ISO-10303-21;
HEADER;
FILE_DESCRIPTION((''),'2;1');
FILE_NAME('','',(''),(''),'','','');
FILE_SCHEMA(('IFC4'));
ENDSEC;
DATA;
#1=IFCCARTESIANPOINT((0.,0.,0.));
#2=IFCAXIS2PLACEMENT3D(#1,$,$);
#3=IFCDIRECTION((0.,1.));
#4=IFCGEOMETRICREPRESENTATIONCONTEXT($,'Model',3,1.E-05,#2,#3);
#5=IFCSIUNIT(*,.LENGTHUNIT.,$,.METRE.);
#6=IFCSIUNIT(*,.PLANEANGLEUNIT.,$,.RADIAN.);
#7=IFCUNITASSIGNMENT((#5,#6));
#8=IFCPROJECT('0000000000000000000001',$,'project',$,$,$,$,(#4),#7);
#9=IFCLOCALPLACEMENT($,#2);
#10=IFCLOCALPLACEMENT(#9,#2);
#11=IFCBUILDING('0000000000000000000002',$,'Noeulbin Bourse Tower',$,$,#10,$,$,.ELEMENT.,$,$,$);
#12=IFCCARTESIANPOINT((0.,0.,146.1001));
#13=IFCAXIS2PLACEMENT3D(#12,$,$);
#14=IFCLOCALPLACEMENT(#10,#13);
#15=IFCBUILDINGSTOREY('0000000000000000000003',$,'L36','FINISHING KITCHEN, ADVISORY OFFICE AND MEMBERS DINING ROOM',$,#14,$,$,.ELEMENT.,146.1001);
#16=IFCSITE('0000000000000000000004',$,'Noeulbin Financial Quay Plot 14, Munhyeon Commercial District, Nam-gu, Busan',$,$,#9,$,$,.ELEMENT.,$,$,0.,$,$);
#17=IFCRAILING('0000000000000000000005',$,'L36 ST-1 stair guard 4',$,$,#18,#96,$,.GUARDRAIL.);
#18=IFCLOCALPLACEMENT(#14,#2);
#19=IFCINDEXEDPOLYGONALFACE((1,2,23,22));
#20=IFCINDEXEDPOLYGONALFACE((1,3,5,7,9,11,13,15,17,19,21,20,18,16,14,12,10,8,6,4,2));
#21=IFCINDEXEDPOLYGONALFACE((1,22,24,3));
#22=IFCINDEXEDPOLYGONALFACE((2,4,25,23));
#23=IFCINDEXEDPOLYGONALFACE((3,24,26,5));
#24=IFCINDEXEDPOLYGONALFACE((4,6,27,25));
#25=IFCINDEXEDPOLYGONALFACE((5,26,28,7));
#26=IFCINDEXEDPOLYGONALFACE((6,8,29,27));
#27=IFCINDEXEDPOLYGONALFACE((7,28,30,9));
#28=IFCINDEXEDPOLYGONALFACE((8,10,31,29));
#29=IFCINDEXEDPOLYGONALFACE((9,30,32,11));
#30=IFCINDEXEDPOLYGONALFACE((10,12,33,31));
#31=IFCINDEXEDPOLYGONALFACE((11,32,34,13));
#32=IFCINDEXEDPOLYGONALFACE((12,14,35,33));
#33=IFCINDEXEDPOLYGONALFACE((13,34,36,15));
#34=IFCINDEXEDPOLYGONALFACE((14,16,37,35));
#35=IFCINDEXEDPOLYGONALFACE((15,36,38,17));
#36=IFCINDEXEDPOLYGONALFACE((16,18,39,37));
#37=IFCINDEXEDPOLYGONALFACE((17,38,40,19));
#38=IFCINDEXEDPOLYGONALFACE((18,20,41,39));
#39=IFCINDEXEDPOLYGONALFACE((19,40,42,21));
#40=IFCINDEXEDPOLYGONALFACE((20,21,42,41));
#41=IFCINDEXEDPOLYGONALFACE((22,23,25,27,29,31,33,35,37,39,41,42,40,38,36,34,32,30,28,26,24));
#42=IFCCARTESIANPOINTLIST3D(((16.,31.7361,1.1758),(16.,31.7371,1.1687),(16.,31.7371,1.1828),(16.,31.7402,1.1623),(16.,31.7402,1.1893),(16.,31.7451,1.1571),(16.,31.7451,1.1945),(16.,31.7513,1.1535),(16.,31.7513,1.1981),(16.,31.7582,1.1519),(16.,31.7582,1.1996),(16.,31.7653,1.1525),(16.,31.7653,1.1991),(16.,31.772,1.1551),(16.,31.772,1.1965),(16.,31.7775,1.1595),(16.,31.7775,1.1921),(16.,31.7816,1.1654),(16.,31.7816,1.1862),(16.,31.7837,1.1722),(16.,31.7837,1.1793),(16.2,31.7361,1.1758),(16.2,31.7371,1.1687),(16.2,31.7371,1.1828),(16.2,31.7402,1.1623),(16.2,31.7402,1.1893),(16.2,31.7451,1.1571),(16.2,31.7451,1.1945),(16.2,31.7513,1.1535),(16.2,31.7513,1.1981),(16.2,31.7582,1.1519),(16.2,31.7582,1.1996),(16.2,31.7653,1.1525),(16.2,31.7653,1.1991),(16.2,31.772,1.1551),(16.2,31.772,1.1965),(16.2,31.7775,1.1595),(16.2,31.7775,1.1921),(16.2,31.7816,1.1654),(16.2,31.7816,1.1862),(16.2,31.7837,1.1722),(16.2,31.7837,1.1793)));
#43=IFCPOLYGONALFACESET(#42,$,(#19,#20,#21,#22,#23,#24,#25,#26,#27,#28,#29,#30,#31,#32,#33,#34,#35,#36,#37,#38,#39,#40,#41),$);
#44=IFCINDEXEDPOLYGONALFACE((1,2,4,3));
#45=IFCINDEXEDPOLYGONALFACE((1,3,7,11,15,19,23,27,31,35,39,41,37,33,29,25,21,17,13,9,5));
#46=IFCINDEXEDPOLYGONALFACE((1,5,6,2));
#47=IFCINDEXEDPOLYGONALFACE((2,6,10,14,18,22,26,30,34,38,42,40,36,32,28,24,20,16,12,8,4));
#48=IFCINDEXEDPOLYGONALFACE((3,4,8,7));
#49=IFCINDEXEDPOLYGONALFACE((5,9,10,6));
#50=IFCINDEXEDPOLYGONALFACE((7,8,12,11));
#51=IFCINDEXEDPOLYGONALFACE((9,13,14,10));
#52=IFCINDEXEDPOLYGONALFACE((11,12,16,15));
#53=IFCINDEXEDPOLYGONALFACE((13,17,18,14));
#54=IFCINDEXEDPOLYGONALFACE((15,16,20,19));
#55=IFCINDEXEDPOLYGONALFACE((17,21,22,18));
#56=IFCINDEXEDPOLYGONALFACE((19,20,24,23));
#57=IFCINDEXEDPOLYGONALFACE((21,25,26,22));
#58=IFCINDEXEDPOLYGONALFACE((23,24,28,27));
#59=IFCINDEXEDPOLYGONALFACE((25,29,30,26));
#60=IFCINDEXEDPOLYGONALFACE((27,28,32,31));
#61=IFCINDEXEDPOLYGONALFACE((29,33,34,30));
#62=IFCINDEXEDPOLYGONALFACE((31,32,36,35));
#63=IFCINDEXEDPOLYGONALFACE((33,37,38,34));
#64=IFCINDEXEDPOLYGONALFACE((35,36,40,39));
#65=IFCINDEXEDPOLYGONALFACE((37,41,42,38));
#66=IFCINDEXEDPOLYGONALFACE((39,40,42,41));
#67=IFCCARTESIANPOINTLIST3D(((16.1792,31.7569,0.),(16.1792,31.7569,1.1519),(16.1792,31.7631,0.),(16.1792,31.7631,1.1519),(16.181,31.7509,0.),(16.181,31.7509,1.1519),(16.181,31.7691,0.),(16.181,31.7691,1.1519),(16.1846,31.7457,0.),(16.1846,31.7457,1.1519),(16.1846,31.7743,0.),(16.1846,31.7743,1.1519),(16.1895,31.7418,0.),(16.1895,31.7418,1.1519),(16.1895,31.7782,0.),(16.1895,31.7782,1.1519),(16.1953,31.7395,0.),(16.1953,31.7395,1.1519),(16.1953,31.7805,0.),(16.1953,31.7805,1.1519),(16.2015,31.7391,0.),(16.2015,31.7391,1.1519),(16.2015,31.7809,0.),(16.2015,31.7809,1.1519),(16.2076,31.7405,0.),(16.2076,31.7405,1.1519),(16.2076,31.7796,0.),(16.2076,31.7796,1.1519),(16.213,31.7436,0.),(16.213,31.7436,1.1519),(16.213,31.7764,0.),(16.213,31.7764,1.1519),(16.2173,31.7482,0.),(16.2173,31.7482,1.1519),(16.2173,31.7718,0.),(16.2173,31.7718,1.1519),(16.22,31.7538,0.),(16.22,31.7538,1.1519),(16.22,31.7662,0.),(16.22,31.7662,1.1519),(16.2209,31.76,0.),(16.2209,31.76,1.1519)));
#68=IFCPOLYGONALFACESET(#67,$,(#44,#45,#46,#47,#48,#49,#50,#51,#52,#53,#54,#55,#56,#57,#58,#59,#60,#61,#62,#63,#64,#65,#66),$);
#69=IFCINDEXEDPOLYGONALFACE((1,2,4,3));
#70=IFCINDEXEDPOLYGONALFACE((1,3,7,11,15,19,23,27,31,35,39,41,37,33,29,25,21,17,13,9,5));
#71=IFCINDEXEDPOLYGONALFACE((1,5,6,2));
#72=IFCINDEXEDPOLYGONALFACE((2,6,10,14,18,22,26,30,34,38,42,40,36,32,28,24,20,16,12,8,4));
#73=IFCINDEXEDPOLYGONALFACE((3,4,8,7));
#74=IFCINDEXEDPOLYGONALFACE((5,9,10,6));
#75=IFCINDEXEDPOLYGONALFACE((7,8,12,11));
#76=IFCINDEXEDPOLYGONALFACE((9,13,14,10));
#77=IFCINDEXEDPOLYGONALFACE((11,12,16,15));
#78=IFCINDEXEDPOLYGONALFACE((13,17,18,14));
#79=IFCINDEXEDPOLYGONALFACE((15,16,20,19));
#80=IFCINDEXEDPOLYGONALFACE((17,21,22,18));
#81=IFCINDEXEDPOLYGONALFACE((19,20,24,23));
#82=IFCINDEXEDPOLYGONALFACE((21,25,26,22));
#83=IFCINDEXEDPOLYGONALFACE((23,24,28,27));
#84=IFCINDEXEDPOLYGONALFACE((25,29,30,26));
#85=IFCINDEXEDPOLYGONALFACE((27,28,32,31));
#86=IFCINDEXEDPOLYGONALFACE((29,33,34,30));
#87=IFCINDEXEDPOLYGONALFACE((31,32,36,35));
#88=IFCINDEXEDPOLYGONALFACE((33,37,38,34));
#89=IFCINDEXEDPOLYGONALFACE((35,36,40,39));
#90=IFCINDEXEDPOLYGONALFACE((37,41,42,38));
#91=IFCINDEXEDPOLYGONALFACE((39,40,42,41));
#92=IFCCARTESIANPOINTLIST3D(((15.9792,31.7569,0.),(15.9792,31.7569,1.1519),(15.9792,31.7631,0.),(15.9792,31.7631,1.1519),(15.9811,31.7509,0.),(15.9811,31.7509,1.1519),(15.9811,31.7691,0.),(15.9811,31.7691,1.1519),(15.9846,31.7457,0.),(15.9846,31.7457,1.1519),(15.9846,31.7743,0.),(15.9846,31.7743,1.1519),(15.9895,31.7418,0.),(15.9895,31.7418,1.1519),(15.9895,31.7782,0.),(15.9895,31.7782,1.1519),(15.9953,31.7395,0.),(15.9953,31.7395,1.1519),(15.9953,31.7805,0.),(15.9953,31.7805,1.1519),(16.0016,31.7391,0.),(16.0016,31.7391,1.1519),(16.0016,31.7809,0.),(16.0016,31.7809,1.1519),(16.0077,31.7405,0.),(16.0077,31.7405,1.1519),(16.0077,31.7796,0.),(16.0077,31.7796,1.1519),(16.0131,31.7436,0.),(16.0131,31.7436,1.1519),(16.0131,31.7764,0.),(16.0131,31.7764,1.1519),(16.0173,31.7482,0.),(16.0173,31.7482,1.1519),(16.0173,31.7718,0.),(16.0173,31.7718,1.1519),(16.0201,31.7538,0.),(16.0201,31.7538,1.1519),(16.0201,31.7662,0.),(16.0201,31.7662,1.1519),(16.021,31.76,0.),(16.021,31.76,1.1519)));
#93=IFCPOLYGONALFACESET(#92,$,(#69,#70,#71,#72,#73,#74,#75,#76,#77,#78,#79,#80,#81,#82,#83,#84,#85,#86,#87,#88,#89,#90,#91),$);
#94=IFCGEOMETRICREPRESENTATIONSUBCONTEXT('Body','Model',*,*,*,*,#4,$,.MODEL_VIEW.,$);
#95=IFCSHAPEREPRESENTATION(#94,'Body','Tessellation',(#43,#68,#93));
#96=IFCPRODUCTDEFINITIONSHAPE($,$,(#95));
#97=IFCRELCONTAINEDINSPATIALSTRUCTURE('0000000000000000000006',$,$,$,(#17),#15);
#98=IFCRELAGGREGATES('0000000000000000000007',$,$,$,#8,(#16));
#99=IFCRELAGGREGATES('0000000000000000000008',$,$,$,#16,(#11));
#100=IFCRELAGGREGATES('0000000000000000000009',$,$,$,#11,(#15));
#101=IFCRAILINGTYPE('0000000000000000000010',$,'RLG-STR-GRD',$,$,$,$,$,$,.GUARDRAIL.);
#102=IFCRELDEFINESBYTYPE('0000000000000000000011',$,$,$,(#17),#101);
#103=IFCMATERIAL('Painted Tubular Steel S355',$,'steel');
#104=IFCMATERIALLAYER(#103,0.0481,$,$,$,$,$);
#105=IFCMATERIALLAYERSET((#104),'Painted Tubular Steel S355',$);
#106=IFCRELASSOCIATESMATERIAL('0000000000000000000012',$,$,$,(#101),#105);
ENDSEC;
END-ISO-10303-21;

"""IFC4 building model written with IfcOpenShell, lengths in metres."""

from ifc_helpers import new_model, si_unit, direction, frame, origin, origin_2d, place, context, subcontext, project, spatial, circle, extrude, material, layer, layer_set, type_object, element, save


model = new_model("IFC4")

# Units and contexts
model_context = context("Model", 3, precision=1e-05, world=origin(), true_north=direction((0.0, 1.0)))
body_context = subcontext(model_context, "Body", "Model", "MODEL_VIEW")
ifc_project = project(units=[si_unit("LENGTHUNIT", "METRE"), si_unit("PLANEANGLEUNIT", "RADIAN")], contexts=[model_context])

# Site, building, storey
site_placement = place(None, origin())
site = spatial("IfcSite", under=ifc_project, at=site_placement, Name="Noeulbin Financial Quay Plot 14, Munhyeon Commercial District, Nam-gu, Busan", CompositionType="ELEMENT", RefElevation=0.0)
building_placement = place(site_placement, origin())
building = spatial("IfcBuilding", under=site, at=building_placement, Name="Noeulbin Bourse Tower", CompositionType="ELEMENT")
storey_placement = place(building_placement, frame((0.0, 0.0, 146.1001)))
storey = spatial("IfcBuildingStorey", under=building, at=storey_placement, Name="L36", Description="FINISHING KITCHEN, ADVISORY OFFICE AND MEMBERS DINING ROOM", CompositionType="ELEMENT", Elevation=146.1001)

# Railing
ifc_material_1 = material(Name="Painted Tubular Steel S355", Category="steel")
ifc_layer_1 = layer(ifc_material_1, 0.0481)
ifc_layer_set_1 = layer_set([ifc_layer_1], Name="Painted Tubular Steel S355")
railing_type_1 = type_object("IfcRailingType", Name="RLG-STR-GRD", PredefinedType="GUARDRAIL", material=ifc_layer_set_1)
railing_1_placement = place(storey_placement, frame((16.2, 31.76, 0.0)))
element("IfcRailing", 1, at=railing_1_placement, inside=storey, type_object=railing_type_1, Name="L36 ST-1 stair guard 4", PredefinedType="GUARDRAIL", context=body_context, shape_type="SweptSolid", body=[
    extrude(circle(Radius=0.0239, at=origin_2d()), frame((0.0, 0.0, 1.1758), z_axis=(-1.0, 0.0, 0.0), x_axis=(0.0, -1.0, 0.0)), (0.0, 0.0, 1.0), 0.2),
    extrude(circle(Radius=0.021, at=origin_2d()), origin(), (0.0, 0.0, 1.0), 1.1519),
    extrude(circle(Radius=0.021, at=origin_2d()), frame((-0.2, 0.0, 0.0)), (0.0, 0.0, 1.0), 1.1519),
])

save(model, "model.ifc")
